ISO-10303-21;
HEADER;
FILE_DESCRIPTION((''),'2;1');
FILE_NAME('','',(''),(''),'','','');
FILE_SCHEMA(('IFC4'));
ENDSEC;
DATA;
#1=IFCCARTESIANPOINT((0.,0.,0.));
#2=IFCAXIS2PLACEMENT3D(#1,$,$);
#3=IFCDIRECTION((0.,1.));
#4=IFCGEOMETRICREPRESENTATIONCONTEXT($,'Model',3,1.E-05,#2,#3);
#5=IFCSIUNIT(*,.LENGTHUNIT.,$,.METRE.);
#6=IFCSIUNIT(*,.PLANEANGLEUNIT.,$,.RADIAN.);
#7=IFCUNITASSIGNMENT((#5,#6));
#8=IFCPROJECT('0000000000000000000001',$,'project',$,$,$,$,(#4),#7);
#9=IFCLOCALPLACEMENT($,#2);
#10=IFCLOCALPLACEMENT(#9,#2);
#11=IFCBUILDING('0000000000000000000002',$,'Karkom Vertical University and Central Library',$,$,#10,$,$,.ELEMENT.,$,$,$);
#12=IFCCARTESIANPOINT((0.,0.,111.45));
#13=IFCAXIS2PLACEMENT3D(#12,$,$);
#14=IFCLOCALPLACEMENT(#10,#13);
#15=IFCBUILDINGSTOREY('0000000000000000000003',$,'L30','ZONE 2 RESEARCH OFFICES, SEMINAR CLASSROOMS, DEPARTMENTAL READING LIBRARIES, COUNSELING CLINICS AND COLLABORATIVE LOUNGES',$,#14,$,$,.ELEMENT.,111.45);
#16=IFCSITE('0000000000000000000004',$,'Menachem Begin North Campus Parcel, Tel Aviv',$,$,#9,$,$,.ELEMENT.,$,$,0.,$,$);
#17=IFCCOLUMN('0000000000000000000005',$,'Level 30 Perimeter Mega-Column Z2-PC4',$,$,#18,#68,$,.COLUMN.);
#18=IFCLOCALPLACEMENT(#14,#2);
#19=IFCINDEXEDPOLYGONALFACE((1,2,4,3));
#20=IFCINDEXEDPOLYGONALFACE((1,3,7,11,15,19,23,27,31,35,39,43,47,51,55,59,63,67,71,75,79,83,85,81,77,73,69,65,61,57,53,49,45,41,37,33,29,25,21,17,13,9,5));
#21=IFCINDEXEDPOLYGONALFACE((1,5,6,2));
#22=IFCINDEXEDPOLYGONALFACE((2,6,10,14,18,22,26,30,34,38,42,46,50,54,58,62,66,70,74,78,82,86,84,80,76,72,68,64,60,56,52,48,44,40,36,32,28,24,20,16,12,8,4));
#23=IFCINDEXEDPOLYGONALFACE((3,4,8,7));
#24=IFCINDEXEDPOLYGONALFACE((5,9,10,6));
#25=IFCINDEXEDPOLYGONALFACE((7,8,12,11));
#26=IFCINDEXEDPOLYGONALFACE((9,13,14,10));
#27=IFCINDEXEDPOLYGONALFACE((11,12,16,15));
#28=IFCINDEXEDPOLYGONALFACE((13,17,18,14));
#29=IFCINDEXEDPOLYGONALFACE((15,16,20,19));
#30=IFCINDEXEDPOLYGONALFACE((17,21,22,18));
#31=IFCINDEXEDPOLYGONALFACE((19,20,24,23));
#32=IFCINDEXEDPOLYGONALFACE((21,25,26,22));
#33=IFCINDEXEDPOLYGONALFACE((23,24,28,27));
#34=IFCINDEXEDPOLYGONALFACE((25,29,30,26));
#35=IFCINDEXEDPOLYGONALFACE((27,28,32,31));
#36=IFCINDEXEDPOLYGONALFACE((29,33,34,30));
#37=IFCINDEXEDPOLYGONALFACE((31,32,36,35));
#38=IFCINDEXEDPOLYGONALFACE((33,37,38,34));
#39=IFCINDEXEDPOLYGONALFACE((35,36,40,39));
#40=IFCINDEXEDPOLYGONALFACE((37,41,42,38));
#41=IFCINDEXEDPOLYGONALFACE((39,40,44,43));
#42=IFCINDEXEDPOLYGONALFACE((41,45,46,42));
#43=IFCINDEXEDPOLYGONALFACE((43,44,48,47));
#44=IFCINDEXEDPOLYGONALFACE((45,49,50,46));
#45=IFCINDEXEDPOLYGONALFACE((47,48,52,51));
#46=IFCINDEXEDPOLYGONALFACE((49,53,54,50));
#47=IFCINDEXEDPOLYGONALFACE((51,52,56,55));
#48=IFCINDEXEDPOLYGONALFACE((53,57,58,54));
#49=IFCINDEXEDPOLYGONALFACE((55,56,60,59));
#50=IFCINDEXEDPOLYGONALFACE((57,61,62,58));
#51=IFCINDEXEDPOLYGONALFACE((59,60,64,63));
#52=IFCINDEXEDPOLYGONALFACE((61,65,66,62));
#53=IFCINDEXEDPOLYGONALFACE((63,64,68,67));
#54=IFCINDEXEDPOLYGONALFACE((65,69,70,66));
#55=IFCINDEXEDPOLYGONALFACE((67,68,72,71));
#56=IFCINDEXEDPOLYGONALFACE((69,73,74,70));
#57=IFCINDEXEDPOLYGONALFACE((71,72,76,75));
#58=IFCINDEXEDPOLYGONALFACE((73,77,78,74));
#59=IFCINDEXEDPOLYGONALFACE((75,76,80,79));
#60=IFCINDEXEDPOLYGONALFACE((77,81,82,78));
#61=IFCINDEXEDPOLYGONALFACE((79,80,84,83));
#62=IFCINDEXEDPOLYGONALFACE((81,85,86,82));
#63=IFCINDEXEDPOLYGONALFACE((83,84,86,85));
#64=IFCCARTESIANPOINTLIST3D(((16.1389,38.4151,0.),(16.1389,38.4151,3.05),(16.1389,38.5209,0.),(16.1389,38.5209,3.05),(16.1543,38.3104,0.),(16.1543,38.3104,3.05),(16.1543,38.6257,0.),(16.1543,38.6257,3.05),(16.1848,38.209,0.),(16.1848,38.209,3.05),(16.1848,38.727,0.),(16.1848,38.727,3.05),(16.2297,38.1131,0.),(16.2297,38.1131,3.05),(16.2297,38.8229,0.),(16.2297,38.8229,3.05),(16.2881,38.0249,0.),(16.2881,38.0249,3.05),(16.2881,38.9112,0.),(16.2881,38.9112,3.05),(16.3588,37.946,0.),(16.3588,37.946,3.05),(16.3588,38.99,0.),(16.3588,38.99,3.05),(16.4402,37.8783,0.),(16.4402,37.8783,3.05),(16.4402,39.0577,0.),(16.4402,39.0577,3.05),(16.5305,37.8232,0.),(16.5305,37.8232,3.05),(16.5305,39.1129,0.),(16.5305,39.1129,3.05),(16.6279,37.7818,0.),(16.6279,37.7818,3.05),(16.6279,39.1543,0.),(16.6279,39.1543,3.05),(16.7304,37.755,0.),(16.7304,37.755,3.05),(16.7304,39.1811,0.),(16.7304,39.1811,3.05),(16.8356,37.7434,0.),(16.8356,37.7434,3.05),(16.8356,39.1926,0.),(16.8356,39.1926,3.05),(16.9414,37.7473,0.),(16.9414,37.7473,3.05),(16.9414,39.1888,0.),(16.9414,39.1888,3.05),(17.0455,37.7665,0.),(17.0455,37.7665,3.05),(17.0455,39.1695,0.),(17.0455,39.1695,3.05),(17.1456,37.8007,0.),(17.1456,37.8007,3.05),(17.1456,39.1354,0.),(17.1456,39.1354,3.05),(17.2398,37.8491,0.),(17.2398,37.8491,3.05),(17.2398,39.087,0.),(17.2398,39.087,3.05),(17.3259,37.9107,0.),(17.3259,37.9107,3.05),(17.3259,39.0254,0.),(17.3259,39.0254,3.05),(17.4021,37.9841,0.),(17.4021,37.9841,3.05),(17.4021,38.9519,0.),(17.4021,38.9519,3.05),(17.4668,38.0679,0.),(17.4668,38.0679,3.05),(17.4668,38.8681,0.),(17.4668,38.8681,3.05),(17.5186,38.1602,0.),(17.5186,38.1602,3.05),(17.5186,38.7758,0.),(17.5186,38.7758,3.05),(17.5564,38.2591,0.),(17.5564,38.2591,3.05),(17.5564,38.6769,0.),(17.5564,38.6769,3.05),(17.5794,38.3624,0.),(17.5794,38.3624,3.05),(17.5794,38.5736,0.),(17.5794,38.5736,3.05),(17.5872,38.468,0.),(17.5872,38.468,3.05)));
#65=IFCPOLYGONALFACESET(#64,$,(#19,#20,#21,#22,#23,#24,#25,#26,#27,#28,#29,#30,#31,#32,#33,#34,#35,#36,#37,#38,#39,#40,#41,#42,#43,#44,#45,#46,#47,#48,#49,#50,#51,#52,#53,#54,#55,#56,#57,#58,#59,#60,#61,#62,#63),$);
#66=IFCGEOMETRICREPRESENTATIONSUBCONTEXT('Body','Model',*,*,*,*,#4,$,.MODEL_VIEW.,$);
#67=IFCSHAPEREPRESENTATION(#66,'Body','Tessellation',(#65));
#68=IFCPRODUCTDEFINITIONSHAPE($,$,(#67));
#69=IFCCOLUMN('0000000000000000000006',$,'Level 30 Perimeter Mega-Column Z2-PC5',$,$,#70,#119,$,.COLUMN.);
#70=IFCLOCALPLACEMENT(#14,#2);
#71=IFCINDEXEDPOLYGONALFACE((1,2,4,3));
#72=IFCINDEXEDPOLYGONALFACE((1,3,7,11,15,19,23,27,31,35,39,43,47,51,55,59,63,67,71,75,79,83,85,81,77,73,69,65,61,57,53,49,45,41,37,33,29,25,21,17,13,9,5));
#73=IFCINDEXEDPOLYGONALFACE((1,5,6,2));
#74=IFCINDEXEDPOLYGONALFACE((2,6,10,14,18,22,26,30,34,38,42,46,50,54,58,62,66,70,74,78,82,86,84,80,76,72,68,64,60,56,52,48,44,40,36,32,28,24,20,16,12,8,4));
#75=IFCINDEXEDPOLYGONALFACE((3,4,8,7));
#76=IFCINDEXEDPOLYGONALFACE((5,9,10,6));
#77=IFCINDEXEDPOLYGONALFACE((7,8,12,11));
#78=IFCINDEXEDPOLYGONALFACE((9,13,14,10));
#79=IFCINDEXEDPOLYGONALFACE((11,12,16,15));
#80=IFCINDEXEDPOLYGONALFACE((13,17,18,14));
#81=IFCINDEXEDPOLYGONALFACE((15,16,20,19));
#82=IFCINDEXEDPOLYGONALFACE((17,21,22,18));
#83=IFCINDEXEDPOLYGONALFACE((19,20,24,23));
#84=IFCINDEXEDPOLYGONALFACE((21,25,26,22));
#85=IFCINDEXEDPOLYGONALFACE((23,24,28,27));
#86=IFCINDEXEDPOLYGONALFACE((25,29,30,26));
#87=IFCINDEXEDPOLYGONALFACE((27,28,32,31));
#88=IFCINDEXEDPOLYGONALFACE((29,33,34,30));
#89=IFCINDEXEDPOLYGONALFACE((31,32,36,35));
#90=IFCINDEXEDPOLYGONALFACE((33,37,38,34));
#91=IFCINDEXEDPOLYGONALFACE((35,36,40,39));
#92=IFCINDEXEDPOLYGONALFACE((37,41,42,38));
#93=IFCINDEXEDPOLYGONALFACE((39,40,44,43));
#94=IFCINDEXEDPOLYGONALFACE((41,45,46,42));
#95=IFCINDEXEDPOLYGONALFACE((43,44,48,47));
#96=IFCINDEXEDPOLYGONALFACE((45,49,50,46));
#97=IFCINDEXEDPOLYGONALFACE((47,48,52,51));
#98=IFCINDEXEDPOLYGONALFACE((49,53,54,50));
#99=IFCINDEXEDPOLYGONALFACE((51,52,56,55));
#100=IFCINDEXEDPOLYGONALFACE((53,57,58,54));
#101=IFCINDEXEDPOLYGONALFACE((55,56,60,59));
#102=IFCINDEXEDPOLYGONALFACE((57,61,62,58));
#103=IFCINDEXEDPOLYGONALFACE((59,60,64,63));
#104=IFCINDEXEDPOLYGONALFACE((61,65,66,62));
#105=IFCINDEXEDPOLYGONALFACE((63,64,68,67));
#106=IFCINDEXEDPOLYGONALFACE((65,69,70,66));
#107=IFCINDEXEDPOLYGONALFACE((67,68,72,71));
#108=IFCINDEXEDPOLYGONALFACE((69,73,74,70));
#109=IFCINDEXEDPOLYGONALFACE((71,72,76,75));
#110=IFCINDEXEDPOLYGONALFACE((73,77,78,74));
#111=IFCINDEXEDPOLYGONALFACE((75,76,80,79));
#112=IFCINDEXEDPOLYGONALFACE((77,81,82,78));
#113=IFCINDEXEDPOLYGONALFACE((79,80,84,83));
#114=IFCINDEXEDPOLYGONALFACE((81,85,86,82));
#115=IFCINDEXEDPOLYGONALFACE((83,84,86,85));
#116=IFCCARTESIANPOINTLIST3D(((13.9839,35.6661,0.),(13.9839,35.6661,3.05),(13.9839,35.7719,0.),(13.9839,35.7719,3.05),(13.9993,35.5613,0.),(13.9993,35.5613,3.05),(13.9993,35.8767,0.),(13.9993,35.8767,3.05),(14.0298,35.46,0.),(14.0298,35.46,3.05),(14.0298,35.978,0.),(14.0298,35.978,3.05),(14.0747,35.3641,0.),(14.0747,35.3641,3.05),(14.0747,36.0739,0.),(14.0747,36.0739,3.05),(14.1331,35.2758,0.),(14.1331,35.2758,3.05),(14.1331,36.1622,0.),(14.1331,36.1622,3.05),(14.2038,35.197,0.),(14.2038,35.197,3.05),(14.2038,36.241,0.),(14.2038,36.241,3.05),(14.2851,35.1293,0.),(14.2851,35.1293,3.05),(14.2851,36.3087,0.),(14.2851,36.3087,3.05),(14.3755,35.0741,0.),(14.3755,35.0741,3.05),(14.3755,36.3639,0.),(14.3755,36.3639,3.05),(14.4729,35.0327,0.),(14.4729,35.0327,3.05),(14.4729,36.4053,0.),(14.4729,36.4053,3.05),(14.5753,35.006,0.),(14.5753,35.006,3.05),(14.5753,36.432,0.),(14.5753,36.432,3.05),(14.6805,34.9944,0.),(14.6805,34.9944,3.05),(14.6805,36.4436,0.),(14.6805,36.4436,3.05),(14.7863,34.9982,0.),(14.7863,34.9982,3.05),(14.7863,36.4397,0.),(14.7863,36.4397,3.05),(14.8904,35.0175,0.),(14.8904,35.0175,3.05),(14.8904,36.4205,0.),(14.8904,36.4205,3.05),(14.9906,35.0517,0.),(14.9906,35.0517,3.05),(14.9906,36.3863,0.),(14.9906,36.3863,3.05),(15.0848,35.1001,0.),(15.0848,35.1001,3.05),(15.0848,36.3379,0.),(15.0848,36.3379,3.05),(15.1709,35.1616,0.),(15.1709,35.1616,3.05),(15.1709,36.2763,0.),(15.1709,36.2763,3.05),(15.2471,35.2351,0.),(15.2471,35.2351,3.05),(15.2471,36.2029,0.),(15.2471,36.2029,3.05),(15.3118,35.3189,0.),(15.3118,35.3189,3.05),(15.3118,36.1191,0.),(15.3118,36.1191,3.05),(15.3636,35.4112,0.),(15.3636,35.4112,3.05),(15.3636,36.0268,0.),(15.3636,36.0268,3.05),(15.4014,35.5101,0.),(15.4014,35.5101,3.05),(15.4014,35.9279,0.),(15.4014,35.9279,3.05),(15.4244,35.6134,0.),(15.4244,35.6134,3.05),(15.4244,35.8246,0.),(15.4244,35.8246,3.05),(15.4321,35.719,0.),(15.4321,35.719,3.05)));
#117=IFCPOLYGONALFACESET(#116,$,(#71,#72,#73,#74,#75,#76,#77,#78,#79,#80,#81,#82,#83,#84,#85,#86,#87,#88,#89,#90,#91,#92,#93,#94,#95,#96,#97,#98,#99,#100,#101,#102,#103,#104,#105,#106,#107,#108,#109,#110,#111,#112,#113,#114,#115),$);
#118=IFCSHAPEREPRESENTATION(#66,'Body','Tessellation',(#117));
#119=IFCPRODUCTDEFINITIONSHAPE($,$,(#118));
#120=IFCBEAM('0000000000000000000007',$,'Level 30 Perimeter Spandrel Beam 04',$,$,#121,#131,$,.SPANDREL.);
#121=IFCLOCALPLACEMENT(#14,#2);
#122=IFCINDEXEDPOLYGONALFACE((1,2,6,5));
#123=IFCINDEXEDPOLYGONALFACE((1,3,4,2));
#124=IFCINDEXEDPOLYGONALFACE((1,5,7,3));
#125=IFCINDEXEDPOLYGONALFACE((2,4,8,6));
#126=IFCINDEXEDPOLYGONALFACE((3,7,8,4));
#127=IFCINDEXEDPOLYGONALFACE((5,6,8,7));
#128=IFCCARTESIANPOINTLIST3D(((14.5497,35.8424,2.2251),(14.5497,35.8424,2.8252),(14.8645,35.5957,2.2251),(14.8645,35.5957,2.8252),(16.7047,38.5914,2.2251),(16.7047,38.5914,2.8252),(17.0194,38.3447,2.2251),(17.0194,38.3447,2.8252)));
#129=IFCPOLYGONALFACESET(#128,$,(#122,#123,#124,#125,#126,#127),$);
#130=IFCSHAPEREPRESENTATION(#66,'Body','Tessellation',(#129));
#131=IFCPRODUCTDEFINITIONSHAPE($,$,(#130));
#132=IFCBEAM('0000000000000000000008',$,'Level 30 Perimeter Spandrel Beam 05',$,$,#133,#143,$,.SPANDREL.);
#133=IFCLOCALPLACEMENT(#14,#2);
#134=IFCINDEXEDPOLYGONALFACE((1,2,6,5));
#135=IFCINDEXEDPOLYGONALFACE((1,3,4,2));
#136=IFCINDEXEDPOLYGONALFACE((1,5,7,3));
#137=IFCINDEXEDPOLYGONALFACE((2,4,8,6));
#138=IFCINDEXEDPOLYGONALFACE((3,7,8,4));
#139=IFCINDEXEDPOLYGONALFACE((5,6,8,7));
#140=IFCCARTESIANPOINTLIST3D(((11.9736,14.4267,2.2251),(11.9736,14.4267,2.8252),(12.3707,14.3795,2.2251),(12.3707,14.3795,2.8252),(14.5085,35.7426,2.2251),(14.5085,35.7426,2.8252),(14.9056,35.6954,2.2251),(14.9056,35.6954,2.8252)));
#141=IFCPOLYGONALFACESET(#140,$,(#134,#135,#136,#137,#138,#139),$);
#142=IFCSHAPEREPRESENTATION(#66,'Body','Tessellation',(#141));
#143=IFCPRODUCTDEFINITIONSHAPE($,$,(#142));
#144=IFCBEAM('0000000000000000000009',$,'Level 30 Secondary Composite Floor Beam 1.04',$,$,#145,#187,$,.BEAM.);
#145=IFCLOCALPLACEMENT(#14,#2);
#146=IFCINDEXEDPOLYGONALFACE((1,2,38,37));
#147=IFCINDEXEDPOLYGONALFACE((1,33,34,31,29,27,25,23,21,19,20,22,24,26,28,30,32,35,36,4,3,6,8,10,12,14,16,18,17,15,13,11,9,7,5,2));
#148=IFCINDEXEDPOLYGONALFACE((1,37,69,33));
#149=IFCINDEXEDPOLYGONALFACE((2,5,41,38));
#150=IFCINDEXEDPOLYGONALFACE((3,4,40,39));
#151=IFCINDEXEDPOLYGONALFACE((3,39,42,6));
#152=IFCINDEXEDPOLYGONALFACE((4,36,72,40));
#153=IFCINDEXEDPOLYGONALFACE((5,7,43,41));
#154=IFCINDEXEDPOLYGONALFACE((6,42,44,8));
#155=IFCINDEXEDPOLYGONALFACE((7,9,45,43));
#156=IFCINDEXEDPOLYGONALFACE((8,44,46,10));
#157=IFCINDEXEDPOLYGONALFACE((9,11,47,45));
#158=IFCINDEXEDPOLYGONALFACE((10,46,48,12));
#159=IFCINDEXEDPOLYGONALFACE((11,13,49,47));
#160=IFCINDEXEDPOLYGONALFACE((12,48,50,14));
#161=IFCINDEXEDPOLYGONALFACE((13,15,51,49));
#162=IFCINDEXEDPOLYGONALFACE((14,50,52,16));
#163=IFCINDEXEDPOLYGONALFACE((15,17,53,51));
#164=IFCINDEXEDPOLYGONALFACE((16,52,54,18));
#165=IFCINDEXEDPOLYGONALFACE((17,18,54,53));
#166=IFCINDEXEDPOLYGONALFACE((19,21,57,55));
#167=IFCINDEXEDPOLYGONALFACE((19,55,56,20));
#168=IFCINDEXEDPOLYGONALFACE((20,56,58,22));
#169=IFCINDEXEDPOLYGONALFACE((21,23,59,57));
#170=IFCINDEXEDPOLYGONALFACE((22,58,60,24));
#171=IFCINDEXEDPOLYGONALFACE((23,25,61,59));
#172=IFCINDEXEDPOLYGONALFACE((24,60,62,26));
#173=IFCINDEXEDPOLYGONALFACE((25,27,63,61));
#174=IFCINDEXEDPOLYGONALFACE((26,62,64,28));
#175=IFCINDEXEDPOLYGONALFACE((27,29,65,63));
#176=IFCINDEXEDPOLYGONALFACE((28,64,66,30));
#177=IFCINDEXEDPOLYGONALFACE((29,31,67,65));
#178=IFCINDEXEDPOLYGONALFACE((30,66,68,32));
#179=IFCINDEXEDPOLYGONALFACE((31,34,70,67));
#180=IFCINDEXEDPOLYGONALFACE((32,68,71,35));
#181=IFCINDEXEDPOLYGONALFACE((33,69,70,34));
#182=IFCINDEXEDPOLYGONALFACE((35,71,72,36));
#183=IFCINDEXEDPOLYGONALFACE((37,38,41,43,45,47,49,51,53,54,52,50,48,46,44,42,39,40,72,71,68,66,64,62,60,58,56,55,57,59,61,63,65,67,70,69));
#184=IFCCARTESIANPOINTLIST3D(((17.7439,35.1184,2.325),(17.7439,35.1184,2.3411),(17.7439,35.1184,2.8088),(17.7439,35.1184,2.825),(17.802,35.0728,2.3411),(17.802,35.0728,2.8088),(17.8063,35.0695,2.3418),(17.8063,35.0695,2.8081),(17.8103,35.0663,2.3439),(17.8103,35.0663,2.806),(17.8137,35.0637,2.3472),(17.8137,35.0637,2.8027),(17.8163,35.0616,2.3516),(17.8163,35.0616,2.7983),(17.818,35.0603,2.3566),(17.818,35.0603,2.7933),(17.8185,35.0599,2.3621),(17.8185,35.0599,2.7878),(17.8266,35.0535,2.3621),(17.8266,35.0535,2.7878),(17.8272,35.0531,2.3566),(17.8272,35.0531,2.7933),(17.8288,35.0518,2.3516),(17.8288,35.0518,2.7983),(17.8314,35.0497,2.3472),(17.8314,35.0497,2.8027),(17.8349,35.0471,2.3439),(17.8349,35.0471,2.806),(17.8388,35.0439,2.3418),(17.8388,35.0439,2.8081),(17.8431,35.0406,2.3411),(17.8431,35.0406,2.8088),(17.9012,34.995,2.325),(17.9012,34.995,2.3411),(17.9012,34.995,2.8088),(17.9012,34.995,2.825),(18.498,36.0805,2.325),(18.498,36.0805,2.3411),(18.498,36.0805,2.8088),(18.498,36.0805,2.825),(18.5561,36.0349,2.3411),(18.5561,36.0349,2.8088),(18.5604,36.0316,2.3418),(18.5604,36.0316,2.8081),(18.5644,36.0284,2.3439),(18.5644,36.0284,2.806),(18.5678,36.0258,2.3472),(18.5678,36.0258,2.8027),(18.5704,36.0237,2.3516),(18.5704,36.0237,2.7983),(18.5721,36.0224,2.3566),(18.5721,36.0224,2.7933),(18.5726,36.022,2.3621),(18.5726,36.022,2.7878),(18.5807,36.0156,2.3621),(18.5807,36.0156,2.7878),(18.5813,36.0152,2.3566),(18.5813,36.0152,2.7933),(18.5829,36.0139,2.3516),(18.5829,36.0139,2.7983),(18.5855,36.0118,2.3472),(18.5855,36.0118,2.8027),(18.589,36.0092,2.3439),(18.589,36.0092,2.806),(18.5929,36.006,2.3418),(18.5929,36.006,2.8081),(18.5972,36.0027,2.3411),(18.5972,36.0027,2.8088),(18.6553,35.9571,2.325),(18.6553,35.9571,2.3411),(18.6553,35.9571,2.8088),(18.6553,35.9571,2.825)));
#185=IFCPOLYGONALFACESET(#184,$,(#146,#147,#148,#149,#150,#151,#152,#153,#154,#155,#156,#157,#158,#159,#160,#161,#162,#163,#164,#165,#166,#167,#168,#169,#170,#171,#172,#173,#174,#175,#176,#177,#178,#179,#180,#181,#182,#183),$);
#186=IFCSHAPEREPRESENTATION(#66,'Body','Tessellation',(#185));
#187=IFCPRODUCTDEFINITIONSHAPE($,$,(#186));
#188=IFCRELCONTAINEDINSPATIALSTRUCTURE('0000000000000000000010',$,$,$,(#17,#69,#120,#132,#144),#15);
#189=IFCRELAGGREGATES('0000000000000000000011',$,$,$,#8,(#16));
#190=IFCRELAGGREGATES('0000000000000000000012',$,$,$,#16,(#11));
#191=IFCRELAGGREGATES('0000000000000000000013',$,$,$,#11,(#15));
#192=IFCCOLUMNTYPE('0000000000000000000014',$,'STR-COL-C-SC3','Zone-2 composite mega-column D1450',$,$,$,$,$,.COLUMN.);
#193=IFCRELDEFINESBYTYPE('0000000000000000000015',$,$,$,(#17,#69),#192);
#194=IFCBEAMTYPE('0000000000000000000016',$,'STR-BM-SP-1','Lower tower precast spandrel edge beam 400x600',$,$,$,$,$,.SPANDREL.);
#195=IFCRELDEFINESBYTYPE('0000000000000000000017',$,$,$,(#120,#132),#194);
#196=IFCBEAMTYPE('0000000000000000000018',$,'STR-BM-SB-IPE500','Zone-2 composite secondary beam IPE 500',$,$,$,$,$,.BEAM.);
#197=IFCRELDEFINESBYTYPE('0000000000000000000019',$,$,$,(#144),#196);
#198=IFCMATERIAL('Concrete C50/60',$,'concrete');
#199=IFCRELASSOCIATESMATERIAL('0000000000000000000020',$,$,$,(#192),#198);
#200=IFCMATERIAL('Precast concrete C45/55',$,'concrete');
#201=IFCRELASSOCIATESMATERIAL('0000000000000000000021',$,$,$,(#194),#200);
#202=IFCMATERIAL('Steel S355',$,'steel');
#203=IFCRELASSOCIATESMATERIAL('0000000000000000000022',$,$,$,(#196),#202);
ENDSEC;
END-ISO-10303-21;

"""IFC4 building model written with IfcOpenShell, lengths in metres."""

from ifc_helpers import new_model, si_unit, direction, frame, origin, origin_with_axes, origin_2d, place, context, subcontext, project, spatial, rectangle, circle, i_section, extrude, source, transform, mapped, material, material_profile, profile_set, type_object, element, save


model = new_model("IFC4")

# Units and contexts
model_context = context("Model", 3, precision=1e-05, world=origin(), true_north=direction((0.0, 1.0)))
body_context = subcontext(model_context, "Body", "Model", "MODEL_VIEW")
ifc_project = project(units=[si_unit("LENGTHUNIT", "METRE"), si_unit("PLANEANGLEUNIT", "RADIAN")], contexts=[model_context])

# Site, building, storey
site_placement = place(None, origin())
site = spatial("IfcSite", under=ifc_project, at=site_placement, Name="Menachem Begin North Campus Parcel, Tel Aviv", CompositionType="ELEMENT", RefElevation=0.0)
building_placement = place(site_placement, origin())
building = spatial("IfcBuilding", under=site, at=building_placement, Name="Karkom Vertical University and Central Library", CompositionType="ELEMENT")
storey_placement = place(building_placement, frame((0.0, 0.0, 111.45)))
storey = spatial("IfcBuildingStorey", under=building, at=storey_placement, Name="L30", Description="ZONE 2 RESEARCH OFFICES, SEMINAR CLASSROOMS, DEPARTMENTAL READING LIBRARIES, COUNSELING CLINICS AND COLLABORATIVE LOUNGES", CompositionType="ELEMENT", Elevation=111.45)

# Columns
ifc_material_1 = material(Name="Concrete C50/60", Category="concrete")
ifc_material_profile_1 = material_profile(ifc_material_1, circle(Radius=0.7251, at=origin_2d()), Name="CFT-D1450")
ifc_profile_set_1 = profile_set([ifc_material_profile_1], Name="Concrete C50/60")
column_type = type_object("IfcColumnType", Name="STR-COL-C-SC3", Description="Zone-2 composite mega-column D1450", PredefinedType="COLUMN", material=ifc_profile_set_1)
shared_shape_1 = source(origin_with_axes(), body_context, "Body", "SweptSolid", [
    extrude(circle(Radius=0.7251, at=origin_2d()), origin(), (0.0, 0.0, 1.0), 3.05),
])
for number, where, z_axis, x_axis, name in (
    (1, (16.8621, 38.468, 0.0), (0.0, 0.0, 1.0), (1.0, 0.0, 0.0), "Level 30 Perimeter Mega-Column Z2-PC4"),
    (2, (14.707, 35.719, 0.0), (0.0, 0.0, 1.0), (1.0, 0.0, 0.0), "Level 30 Perimeter Mega-Column Z2-PC5"),
):
    element("IfcColumn", number, at=place(storey_placement, frame(where, z_axis=z_axis, x_axis=x_axis)), inside=storey, type_object=column_type, Name=name, PredefinedType="COLUMN", context=body_context, shape_type="MappedRepresentation", body=[
        mapped(shared_shape_1, transform((0.0, 0.0, 0.0), scale=1.0)),
    ])

# Beams
ifc_material_2 = material(Name="Precast concrete C45/55", Category="concrete")
ifc_material_profile_2 = material_profile(ifc_material_2, rectangle(XDim=0.3999, YDim=0.6001, at=origin_2d()), Name="SPB-400x600")
ifc_profile_set_2 = profile_set([ifc_material_profile_2], Name="Precast concrete C45/55")
beam_type_1 = type_object("IfcBeamType", Name="STR-BM-SP-1", Description="Lower tower precast spandrel edge beam 400x600", PredefinedType="SPANDREL", material=ifc_profile_set_2)
shared_shape_2 = source(origin_with_axes(), body_context, "Body", "SweptSolid", [
    extrude(rectangle(XDim=0.3999, YDim=0.6001, at=origin_2d()), origin(), (0.0, 0.0, 1.0), 3.4929),
])
beam_1_placement = place(storey_placement, frame((16.8621, 38.468, 2.5251), z_axis=(-0.616951, -0.787002, 0.0), x_axis=(0.787002, -0.616951, 0.0)))
element("IfcBeam", 3, at=beam_1_placement, inside=storey, type_object=beam_type_1, Name="Level 30 Perimeter Spandrel Beam 04", PredefinedType="SPANDREL", context=body_context, shape_type="MappedRepresentation", body=[
    mapped(shared_shape_2, transform((0.0, 0.0, 0.0), scale=1.0)),
])
shared_shape_3 = source(origin_with_axes(), body_context, "Body", "SweptSolid", [
    extrude(rectangle(XDim=0.3999, YDim=0.6001, at=origin_2d()), origin(), (0.0, 0.0, 1.0), 21.4661),
])
beam_2_placement = place(storey_placement, frame((14.707, 35.719, 2.5251), z_axis=(-0.118089, -0.993003, 0.0), x_axis=(0.993003, -0.118089, 0.0)))
element("IfcBeam", 4, at=beam_2_placement, inside=storey, type_object=beam_type_1, Name="Level 30 Perimeter Spandrel Beam 05", PredefinedType="SPANDREL", context=body_context, shape_type="MappedRepresentation", body=[
    mapped(shared_shape_3, transform((0.0, 0.0, 0.0), scale=1.0)),
])
ifc_material_3 = material(Name="Steel S355", Category="steel")
ifc_material_profile_3 = material_profile(ifc_material_3, i_section(OverallWidth=0.2, OverallDepth=0.5, WebThickness=0.0103, FlangeThickness=0.0161, FilletRadius=0.021, at=origin_2d()), Name="IPE 500")
ifc_profile_set_3 = profile_set([ifc_material_profile_3], Name="Steel S355")
beam_type_2 = type_object("IfcBeamType", Name="STR-BM-SB-IPE500", Description="Zone-2 composite secondary beam IPE 500", PredefinedType="BEAM", material=ifc_profile_set_3)
shared_shape_4 = source(origin_with_axes(), body_context, "Body", "SweptSolid", [
    extrude(i_section(OverallWidth=0.2, OverallDepth=0.5, WebThickness=0.0103, FlangeThickness=0.0161, FilletRadius=0.021, at=origin_2d()), origin(), (0.0, 0.0, 1.0), 1.2224),
])
beam_3_placement = place(storey_placement, frame((18.5767, 36.0188, 2.575), z_axis=(-0.616895, -0.787045, 0.0), x_axis=(0.787045, -0.616895, 0.0)))
element("IfcBeam", 5, at=beam_3_placement, inside=storey, type_object=beam_type_2, Name="Level 30 Secondary Composite Floor Beam 1.04", PredefinedType="BEAM", context=body_context, shape_type="MappedRepresentation", body=[
    mapped(shared_shape_4, transform((0.0, 0.0, 0.0), scale=1.0)),
])

save(model, "model.ifc")
